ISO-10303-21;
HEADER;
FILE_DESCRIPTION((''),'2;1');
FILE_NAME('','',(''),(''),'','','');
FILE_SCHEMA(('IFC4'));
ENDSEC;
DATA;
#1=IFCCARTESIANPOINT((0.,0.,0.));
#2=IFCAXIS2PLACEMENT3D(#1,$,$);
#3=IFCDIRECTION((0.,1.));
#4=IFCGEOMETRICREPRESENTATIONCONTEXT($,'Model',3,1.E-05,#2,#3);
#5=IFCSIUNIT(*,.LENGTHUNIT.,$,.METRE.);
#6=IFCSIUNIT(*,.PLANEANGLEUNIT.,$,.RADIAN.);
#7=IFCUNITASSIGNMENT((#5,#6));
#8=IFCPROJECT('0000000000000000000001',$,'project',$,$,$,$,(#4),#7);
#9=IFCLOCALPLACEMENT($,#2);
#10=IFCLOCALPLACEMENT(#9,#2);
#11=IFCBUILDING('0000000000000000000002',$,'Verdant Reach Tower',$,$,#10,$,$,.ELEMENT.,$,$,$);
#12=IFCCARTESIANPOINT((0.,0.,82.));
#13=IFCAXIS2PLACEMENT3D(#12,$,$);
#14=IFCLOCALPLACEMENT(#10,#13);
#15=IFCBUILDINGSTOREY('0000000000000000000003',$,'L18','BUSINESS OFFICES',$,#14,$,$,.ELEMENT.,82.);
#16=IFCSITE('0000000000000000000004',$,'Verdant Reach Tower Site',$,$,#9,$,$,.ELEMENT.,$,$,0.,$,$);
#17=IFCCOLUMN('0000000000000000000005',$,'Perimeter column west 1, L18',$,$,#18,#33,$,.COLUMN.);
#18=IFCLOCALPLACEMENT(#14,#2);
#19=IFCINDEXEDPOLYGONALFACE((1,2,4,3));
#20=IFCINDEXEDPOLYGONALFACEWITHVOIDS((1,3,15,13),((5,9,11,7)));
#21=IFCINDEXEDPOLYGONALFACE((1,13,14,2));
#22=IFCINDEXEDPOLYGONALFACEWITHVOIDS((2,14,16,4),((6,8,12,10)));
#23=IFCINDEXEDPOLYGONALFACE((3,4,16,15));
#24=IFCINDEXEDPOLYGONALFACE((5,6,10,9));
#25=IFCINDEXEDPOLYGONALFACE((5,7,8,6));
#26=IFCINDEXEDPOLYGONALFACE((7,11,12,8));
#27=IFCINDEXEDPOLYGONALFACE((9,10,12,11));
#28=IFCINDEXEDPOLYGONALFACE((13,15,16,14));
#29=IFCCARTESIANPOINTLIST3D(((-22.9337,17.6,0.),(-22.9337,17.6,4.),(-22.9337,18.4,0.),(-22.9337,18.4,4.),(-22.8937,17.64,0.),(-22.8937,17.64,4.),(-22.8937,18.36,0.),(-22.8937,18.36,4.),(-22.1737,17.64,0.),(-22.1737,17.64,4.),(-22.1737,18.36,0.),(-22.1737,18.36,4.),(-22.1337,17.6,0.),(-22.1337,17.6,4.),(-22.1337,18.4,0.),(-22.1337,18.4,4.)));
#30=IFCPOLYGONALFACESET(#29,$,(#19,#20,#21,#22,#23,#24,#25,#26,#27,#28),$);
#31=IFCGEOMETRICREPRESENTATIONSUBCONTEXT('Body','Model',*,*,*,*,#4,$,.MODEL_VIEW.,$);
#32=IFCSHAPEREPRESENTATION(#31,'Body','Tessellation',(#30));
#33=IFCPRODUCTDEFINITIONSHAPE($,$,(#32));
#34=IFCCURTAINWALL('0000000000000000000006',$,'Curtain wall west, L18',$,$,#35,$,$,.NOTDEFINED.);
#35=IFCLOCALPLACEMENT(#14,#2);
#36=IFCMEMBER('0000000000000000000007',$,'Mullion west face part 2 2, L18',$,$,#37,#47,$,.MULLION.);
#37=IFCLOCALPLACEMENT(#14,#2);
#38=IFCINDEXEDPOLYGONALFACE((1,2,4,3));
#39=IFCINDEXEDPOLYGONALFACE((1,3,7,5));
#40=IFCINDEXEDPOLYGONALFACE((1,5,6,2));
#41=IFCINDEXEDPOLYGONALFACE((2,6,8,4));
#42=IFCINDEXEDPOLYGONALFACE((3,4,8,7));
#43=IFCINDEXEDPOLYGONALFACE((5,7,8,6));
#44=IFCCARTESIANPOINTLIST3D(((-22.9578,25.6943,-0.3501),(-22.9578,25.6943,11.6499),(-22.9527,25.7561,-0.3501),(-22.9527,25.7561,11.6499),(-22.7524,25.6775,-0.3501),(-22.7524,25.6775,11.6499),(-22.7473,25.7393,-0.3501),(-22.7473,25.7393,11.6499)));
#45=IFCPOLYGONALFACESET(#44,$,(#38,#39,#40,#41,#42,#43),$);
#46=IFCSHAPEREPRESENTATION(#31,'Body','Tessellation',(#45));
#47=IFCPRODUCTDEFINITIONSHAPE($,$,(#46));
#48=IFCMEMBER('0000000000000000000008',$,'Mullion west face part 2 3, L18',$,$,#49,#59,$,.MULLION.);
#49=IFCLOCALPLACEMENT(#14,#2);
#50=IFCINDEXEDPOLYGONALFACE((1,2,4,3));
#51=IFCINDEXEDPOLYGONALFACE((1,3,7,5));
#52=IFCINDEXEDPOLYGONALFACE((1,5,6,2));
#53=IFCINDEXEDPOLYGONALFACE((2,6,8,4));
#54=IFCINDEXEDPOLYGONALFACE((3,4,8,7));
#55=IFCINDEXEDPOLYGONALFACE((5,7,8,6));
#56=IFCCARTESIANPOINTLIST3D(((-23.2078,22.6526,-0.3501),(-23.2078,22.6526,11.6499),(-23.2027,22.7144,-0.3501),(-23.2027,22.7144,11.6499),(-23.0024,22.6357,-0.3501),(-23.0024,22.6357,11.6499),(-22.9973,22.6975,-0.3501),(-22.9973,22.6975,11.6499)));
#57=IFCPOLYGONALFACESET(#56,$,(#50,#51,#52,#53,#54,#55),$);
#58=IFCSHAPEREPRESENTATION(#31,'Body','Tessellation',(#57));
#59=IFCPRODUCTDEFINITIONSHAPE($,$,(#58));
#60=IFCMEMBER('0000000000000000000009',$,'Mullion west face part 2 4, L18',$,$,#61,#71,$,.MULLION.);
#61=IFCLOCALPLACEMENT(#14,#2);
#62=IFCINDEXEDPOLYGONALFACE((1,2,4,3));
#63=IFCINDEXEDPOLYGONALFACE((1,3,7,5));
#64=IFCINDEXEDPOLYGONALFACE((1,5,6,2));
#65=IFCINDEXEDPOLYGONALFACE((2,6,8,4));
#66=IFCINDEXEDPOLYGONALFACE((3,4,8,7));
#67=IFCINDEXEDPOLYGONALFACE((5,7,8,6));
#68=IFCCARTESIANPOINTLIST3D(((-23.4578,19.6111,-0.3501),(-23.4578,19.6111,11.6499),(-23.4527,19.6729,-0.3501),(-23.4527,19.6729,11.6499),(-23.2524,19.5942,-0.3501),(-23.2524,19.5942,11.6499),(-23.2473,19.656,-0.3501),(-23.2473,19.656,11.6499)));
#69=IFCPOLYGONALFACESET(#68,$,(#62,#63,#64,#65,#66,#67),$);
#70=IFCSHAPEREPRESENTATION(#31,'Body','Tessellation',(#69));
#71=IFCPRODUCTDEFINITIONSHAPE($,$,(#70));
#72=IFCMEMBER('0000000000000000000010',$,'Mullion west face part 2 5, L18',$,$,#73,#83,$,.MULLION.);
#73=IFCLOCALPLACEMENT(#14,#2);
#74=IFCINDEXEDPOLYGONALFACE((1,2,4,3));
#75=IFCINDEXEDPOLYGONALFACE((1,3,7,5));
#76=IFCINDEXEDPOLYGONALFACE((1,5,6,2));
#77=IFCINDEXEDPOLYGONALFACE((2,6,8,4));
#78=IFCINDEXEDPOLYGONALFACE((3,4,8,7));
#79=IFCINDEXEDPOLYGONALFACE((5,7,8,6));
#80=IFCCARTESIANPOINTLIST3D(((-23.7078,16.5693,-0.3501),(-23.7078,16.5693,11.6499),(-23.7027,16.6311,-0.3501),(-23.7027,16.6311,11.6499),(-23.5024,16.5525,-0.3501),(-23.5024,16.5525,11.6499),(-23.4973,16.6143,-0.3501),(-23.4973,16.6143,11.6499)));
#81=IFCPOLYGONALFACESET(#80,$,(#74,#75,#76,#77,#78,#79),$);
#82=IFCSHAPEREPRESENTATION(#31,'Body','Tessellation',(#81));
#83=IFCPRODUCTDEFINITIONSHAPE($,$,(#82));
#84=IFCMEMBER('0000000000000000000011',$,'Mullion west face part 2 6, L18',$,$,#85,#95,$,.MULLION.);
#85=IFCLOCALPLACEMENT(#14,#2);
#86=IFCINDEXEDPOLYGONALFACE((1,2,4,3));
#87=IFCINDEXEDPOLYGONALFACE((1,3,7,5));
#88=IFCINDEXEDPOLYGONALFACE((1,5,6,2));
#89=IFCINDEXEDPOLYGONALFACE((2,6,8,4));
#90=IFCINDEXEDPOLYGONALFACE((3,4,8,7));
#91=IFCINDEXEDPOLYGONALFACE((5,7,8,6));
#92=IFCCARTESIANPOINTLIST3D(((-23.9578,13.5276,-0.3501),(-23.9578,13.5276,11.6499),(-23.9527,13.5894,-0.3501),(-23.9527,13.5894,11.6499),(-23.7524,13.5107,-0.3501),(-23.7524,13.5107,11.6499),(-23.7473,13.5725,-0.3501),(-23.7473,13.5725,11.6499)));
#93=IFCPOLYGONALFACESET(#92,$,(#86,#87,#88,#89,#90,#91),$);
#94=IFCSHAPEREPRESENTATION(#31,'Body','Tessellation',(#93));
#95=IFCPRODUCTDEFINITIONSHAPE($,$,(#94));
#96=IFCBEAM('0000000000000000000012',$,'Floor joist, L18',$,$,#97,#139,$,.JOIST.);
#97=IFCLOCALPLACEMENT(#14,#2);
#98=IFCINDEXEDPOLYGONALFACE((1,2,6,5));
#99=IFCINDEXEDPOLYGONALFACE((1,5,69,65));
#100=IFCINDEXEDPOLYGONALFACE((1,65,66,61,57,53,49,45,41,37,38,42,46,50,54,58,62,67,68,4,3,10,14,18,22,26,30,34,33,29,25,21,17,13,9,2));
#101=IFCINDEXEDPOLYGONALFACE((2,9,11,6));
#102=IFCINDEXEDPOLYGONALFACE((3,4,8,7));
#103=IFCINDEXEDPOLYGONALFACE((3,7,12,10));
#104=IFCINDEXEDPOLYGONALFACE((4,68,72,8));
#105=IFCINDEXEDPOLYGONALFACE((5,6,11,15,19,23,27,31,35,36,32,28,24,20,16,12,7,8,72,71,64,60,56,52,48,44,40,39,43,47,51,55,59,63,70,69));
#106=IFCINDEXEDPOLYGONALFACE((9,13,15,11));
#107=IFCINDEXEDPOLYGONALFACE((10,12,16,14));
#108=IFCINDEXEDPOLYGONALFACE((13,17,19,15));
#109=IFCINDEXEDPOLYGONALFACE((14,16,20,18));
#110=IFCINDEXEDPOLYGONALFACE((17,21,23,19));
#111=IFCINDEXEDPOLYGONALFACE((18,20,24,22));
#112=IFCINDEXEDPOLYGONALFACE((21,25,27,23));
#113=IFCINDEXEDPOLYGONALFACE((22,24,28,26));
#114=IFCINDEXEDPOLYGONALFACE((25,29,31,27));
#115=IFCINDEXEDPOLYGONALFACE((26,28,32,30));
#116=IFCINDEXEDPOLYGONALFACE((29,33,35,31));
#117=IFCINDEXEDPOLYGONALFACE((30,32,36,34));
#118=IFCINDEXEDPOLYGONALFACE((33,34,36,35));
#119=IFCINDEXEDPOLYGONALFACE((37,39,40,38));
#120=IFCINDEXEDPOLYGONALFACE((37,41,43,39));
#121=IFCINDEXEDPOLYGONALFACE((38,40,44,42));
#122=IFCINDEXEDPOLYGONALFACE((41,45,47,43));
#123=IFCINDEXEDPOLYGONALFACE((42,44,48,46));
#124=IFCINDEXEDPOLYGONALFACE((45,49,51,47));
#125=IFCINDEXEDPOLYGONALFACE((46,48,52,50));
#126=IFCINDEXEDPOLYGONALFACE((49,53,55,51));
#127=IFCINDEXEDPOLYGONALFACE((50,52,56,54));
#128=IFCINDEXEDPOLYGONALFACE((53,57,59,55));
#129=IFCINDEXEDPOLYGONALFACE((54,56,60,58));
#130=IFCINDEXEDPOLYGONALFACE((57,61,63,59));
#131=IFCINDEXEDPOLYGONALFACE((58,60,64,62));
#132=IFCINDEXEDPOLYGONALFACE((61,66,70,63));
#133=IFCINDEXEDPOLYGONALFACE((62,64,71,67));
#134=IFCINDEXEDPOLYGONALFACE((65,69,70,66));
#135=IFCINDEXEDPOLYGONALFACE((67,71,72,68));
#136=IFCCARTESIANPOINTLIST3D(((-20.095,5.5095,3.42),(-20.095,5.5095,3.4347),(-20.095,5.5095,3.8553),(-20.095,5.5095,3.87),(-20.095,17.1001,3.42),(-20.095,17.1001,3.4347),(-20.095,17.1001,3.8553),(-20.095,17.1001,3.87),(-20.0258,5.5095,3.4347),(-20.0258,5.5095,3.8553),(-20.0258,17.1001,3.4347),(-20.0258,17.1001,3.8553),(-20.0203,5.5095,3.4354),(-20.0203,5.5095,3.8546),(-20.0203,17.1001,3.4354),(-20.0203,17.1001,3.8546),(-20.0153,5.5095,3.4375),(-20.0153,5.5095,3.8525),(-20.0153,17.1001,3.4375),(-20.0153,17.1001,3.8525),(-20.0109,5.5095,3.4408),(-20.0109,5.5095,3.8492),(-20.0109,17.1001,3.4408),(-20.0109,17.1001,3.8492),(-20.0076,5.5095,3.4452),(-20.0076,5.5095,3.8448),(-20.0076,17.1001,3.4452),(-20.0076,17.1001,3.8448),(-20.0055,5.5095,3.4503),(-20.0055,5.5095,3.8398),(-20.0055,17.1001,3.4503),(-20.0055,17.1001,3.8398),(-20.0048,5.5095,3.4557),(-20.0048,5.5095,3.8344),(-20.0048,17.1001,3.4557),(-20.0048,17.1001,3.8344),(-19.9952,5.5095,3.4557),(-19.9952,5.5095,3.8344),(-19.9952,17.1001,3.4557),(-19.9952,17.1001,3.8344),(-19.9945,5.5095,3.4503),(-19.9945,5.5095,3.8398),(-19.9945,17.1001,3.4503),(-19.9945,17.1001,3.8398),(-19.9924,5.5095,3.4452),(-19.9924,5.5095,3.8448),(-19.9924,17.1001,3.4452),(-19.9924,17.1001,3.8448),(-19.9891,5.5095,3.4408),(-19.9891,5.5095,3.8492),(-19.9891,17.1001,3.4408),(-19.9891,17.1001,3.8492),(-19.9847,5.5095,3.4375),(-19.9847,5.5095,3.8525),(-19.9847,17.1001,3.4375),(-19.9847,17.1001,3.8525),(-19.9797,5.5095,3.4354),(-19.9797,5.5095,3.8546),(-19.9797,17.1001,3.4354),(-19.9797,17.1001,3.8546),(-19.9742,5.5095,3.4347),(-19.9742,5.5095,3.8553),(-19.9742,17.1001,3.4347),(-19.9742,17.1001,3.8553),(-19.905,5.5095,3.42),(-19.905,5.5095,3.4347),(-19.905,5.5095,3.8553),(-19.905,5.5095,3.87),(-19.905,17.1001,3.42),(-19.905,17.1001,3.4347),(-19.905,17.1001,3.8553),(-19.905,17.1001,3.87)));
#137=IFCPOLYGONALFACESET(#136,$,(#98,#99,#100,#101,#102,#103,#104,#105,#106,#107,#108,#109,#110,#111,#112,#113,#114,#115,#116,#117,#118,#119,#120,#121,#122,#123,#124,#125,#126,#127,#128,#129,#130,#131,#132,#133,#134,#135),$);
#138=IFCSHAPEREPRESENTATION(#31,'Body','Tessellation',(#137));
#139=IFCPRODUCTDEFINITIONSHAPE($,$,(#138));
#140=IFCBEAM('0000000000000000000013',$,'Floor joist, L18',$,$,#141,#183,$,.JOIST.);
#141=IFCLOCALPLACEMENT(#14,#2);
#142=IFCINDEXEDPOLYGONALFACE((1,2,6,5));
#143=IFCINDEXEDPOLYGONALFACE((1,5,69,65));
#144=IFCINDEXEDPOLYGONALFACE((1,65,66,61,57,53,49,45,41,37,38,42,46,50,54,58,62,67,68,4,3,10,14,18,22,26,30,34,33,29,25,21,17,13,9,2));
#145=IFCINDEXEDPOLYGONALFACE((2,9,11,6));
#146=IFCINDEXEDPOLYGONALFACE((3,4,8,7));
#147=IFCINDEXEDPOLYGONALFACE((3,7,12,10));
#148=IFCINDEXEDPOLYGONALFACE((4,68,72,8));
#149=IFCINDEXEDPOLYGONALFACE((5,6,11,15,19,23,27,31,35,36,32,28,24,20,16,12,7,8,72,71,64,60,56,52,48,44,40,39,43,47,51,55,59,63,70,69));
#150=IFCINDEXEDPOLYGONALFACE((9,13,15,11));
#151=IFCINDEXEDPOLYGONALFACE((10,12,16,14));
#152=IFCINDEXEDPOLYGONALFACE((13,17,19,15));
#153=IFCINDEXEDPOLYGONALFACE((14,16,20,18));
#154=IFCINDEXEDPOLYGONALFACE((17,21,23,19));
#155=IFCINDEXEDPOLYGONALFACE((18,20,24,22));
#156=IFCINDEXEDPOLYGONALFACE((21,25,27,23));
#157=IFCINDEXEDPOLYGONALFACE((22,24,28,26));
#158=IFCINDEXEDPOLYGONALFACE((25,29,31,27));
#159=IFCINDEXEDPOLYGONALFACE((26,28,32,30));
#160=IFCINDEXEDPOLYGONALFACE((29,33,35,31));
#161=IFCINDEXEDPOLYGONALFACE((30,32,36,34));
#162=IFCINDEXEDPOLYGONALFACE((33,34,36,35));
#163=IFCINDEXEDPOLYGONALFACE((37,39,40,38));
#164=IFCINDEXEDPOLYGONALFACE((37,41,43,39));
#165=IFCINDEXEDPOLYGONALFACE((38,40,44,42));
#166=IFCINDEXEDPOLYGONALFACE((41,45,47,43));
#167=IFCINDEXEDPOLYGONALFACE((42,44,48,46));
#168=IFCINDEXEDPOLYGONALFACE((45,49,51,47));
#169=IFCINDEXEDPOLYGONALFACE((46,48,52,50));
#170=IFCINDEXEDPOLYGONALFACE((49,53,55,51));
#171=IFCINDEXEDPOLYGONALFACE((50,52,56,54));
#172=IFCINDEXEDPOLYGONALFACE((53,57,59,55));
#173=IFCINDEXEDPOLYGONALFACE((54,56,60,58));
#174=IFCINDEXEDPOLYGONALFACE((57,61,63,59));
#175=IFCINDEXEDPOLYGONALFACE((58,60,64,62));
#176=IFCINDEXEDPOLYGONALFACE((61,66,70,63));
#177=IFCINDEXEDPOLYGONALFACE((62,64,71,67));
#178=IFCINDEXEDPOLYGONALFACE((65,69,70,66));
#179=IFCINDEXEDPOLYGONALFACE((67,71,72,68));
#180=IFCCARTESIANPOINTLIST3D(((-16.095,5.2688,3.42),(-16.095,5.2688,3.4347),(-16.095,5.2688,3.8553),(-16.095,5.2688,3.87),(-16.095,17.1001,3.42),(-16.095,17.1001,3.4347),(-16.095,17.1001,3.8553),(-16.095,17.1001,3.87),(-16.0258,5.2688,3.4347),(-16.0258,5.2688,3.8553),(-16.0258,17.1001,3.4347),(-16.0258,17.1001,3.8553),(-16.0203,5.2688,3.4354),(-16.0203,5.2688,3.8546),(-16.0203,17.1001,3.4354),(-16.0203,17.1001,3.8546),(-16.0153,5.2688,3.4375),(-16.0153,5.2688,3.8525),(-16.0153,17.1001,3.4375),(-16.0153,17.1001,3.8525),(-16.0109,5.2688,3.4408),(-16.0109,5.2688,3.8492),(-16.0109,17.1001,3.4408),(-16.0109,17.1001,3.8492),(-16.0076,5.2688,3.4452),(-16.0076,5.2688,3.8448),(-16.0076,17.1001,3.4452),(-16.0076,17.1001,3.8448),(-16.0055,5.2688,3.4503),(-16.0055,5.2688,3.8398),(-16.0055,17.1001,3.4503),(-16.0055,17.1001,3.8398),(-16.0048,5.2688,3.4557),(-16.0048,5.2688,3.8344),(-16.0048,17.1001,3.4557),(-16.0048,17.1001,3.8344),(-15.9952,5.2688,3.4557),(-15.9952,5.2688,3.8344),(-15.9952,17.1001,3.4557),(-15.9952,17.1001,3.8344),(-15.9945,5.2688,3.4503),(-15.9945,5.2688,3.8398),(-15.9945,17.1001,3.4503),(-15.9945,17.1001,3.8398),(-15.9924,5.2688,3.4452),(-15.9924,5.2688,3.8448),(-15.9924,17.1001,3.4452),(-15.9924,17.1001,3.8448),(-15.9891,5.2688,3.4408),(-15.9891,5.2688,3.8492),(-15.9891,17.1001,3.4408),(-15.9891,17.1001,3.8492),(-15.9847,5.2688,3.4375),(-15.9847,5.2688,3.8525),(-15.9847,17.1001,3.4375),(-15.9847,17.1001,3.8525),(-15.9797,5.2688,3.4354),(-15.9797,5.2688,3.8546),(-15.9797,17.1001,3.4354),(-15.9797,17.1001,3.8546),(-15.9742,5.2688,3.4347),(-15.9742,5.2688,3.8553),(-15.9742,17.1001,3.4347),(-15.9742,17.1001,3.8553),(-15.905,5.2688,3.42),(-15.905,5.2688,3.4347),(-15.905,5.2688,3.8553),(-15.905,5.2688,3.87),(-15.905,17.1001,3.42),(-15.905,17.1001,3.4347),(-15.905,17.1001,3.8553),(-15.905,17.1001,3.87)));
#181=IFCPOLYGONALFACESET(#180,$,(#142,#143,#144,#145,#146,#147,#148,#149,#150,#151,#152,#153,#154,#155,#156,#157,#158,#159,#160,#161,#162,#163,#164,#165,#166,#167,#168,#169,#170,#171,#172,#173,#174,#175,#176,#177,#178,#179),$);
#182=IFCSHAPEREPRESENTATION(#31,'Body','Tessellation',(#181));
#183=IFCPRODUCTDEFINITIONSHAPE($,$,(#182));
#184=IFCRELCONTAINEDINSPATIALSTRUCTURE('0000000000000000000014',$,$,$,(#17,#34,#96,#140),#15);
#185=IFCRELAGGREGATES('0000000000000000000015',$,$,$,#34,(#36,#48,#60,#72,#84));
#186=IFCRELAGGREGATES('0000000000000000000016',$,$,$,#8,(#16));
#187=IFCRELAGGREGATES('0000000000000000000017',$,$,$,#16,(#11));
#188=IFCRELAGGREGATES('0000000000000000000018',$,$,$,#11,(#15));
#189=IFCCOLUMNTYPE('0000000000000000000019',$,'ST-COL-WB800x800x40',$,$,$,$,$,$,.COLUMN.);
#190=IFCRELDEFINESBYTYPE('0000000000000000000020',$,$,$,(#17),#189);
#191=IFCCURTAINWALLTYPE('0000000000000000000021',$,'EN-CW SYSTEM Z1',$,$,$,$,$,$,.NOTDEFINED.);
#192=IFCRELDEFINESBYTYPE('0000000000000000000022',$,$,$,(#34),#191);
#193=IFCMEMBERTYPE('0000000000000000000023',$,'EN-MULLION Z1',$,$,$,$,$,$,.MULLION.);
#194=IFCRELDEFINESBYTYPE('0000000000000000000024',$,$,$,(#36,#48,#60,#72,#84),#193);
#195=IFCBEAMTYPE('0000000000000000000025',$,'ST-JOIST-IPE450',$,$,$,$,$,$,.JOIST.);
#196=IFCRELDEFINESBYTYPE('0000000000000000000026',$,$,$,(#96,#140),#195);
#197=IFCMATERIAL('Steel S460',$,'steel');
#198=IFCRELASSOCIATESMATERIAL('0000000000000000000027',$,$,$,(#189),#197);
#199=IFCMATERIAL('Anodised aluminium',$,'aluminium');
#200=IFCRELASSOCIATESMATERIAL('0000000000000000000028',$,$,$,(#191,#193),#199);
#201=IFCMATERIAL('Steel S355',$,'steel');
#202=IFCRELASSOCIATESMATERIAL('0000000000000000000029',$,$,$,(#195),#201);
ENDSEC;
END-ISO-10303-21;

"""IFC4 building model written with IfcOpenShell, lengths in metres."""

from ifc_helpers import new_model, si_unit, direction, frame, origin, origin_2d, place, context, subcontext, project, spatial, rectangle, hollow_rectangle, i_section, extrude, material, material_profile, profile_set, type_object, element, aggregate, save


model = new_model("IFC4")

# Units and contexts
model_context = context("Model", 3, precision=1e-05, world=origin(), true_north=direction((0.0, 1.0)))
body_context = subcontext(model_context, "Body", "Model", "MODEL_VIEW")
ifc_project = project(units=[si_unit("LENGTHUNIT", "METRE"), si_unit("PLANEANGLEUNIT", "RADIAN")], contexts=[model_context])

# Site, building, storey
site_placement = place(None, origin())
site = spatial("IfcSite", under=ifc_project, at=site_placement, Name="Verdant Reach Tower Site", CompositionType="ELEMENT", RefElevation=0.0)
building_placement = place(site_placement, origin())
building = spatial("IfcBuilding", under=site, at=building_placement, Name="Verdant Reach Tower", CompositionType="ELEMENT")
storey_placement = place(building_placement, frame((0.0, 0.0, 82.0)))
storey = spatial("IfcBuildingStorey", under=building, at=storey_placement, Name="L18", Description="BUSINESS OFFICES", CompositionType="ELEMENT", Elevation=82.0)

# Column
ifc_material_1 = material(Name="Steel S460", Category="steel")
ifc_material_profile_1 = material_profile(ifc_material_1, hollow_rectangle(XDim=0.8, YDim=0.8, WallThickness=0.04, at=origin_2d()), Name="WB 800x800x40")
ifc_profile_set_1 = profile_set([ifc_material_profile_1], Name="Steel S460")
column_type = type_object("IfcColumnType", Name="ST-COL-WB800x800x40", PredefinedType="COLUMN", material=ifc_profile_set_1)
column_placement = place(storey_placement, frame((-22.5337, 18.0, 0.0), z_axis=(0.0, 0.0, 1.0), x_axis=(1.0, 0.0, 0.0)))
element("IfcColumn", 1, at=column_placement, inside=storey, type_object=column_type, Name="Perimeter column west 1, L18", PredefinedType="COLUMN", context=body_context, shape_type="SweptSolid", body=[
    extrude(hollow_rectangle(XDim=0.8, YDim=0.8, WallThickness=0.04, at=origin_2d()), origin(), (0.0, 0.0, 1.0), 4.0),
])

# Curtain wall, members
ifc_material_2 = material(Name="Anodised aluminium", Category="aluminium")
curtain_wall_type = type_object("IfcCurtainWallType", Name="EN-CW SYSTEM Z1", PredefinedType="NOTDEFINED", material=ifc_material_2)
curtain_wall_placement = place(storey_placement, origin())
curtain_wall = element("IfcCurtainWall", 2, at=curtain_wall_placement, inside=storey, type_object=curtain_wall_type, Name="Curtain wall west, L18", PredefinedType="NOTDEFINED")
ifc_material_profile_2 = material_profile(ifc_material_2, rectangle(XDim=0.2061, YDim=0.062, at=origin_2d()), Name="Mullion 62x206")
ifc_profile_set_2 = profile_set([ifc_material_profile_2], Name="Anodised aluminium")
member_type = type_object("IfcMemberType", Name="EN-MULLION Z1", PredefinedType="MULLION", material=ifc_profile_set_2)
member_1_placement = place(storey_placement, frame((-22.8525, 25.7168, -0.3501), z_axis=(0.0, 0.0, 1.0), x_axis=(-0.996639, 0.081916, 0.0)))
member_1 = element("IfcMember", 3, at=member_1_placement, type_object=member_type, Name="Mullion west face part 2 2, L18", PredefinedType="MULLION", context=body_context, shape_type="SweptSolid", body=[
    extrude(rectangle(XDim=0.2061, YDim=0.062, at=origin_2d()), origin(), (0.0, 0.0, 1.0), 12.0),
])
member_2_placement = place(storey_placement, frame((-23.1025, 22.675, -0.3501), z_axis=(0.0, 0.0, 1.0), x_axis=(-0.996639, 0.081916, 0.0)))
member_2 = element("IfcMember", 4, at=member_2_placement, type_object=member_type, Name="Mullion west face part 2 3, L18", PredefinedType="MULLION", context=body_context, shape_type="SweptSolid", body=[
    extrude(rectangle(XDim=0.2061, YDim=0.062, at=origin_2d()), origin(), (0.0, 0.0, 1.0), 12.0),
])
member_3_placement = place(storey_placement, frame((-23.3525, 19.6335, -0.3501), z_axis=(0.0, 0.0, 1.0), x_axis=(-0.996639, 0.081916, 0.0)))
member_3 = element("IfcMember", 5, at=member_3_placement, type_object=member_type, Name="Mullion west face part 2 4, L18", PredefinedType="MULLION", context=body_context, shape_type="SweptSolid", body=[
    extrude(rectangle(XDim=0.2061, YDim=0.062, at=origin_2d()), origin(), (0.0, 0.0, 1.0), 12.0),
])
member_4_placement = place(storey_placement, frame((-23.6025, 16.5918, -0.3501), z_axis=(0.0, 0.0, 1.0), x_axis=(-0.996639, 0.081916, 0.0)))
member_4 = element("IfcMember", 6, at=member_4_placement, type_object=member_type, Name="Mullion west face part 2 5, L18", PredefinedType="MULLION", context=body_context, shape_type="SweptSolid", body=[
    extrude(rectangle(XDim=0.2061, YDim=0.062, at=origin_2d()), origin(), (0.0, 0.0, 1.0), 12.0),
])
member_5_placement = place(storey_placement, frame((-23.8525, 13.55, -0.3501), z_axis=(0.0, 0.0, 1.0), x_axis=(-0.996639, 0.081916, 0.0)))
member_5 = element("IfcMember", 7, at=member_5_placement, type_object=member_type, Name="Mullion west face part 2 6, L18", PredefinedType="MULLION", context=body_context, shape_type="SweptSolid", body=[
    extrude(rectangle(XDim=0.2061, YDim=0.062, at=origin_2d()), origin(), (0.0, 0.0, 1.0), 12.0),
])

# Beams
ifc_material_3 = material(Name="Steel S355", Category="steel")
ifc_material_profile_3 = material_profile(ifc_material_3, i_section(OverallWidth=0.1899, OverallDepth=0.45, WebThickness=0.0095, FlangeThickness=0.0146, FilletRadius=0.021, at=origin_2d()), Name="IPE 450")
ifc_profile_set_3 = profile_set([ifc_material_profile_3], Name="Steel S355")
beam_type_1 = type_object("IfcBeamType", Name="ST-JOIST-IPE450", PredefinedType="JOIST", material=ifc_profile_set_3)
beam_1_placement = place(storey_placement, frame((-20.0, 17.1001, 3.645), z_axis=(0.0, -1.0, 0.0), x_axis=(1.0, 0.0, 0.0)))
element("IfcBeam", 8, at=beam_1_placement, inside=storey, type_object=beam_type_1, Name="Floor joist, L18", PredefinedType="JOIST", context=body_context, shape_type="SweptSolid", body=[
    extrude(i_section(OverallWidth=0.1899, OverallDepth=0.45, WebThickness=0.0095, FlangeThickness=0.0146, FilletRadius=0.021, at=origin_2d()), origin(), (0.0, 0.0, 1.0), 11.5906),
])
beam_2_placement = place(storey_placement, frame((-16.0, 17.1001, 3.645), z_axis=(0.0, -1.0, 0.0), x_axis=(1.0, 0.0, 0.0)))
element("IfcBeam", 9, at=beam_2_placement, inside=storey, type_object=beam_type_1, Name="Floor joist, L18", PredefinedType="JOIST", context=body_context, shape_type="SweptSolid", body=[
    extrude(i_section(OverallWidth=0.1899, OverallDepth=0.45, WebThickness=0.0095, FlangeThickness=0.0146, FilletRadius=0.021, at=origin_2d()), origin(), (0.0, 0.0, 1.0), 11.8313),
])

aggregate(curtain_wall, [member_1, member_2, member_3, member_4, member_5])

save(model, "model.ifc")
